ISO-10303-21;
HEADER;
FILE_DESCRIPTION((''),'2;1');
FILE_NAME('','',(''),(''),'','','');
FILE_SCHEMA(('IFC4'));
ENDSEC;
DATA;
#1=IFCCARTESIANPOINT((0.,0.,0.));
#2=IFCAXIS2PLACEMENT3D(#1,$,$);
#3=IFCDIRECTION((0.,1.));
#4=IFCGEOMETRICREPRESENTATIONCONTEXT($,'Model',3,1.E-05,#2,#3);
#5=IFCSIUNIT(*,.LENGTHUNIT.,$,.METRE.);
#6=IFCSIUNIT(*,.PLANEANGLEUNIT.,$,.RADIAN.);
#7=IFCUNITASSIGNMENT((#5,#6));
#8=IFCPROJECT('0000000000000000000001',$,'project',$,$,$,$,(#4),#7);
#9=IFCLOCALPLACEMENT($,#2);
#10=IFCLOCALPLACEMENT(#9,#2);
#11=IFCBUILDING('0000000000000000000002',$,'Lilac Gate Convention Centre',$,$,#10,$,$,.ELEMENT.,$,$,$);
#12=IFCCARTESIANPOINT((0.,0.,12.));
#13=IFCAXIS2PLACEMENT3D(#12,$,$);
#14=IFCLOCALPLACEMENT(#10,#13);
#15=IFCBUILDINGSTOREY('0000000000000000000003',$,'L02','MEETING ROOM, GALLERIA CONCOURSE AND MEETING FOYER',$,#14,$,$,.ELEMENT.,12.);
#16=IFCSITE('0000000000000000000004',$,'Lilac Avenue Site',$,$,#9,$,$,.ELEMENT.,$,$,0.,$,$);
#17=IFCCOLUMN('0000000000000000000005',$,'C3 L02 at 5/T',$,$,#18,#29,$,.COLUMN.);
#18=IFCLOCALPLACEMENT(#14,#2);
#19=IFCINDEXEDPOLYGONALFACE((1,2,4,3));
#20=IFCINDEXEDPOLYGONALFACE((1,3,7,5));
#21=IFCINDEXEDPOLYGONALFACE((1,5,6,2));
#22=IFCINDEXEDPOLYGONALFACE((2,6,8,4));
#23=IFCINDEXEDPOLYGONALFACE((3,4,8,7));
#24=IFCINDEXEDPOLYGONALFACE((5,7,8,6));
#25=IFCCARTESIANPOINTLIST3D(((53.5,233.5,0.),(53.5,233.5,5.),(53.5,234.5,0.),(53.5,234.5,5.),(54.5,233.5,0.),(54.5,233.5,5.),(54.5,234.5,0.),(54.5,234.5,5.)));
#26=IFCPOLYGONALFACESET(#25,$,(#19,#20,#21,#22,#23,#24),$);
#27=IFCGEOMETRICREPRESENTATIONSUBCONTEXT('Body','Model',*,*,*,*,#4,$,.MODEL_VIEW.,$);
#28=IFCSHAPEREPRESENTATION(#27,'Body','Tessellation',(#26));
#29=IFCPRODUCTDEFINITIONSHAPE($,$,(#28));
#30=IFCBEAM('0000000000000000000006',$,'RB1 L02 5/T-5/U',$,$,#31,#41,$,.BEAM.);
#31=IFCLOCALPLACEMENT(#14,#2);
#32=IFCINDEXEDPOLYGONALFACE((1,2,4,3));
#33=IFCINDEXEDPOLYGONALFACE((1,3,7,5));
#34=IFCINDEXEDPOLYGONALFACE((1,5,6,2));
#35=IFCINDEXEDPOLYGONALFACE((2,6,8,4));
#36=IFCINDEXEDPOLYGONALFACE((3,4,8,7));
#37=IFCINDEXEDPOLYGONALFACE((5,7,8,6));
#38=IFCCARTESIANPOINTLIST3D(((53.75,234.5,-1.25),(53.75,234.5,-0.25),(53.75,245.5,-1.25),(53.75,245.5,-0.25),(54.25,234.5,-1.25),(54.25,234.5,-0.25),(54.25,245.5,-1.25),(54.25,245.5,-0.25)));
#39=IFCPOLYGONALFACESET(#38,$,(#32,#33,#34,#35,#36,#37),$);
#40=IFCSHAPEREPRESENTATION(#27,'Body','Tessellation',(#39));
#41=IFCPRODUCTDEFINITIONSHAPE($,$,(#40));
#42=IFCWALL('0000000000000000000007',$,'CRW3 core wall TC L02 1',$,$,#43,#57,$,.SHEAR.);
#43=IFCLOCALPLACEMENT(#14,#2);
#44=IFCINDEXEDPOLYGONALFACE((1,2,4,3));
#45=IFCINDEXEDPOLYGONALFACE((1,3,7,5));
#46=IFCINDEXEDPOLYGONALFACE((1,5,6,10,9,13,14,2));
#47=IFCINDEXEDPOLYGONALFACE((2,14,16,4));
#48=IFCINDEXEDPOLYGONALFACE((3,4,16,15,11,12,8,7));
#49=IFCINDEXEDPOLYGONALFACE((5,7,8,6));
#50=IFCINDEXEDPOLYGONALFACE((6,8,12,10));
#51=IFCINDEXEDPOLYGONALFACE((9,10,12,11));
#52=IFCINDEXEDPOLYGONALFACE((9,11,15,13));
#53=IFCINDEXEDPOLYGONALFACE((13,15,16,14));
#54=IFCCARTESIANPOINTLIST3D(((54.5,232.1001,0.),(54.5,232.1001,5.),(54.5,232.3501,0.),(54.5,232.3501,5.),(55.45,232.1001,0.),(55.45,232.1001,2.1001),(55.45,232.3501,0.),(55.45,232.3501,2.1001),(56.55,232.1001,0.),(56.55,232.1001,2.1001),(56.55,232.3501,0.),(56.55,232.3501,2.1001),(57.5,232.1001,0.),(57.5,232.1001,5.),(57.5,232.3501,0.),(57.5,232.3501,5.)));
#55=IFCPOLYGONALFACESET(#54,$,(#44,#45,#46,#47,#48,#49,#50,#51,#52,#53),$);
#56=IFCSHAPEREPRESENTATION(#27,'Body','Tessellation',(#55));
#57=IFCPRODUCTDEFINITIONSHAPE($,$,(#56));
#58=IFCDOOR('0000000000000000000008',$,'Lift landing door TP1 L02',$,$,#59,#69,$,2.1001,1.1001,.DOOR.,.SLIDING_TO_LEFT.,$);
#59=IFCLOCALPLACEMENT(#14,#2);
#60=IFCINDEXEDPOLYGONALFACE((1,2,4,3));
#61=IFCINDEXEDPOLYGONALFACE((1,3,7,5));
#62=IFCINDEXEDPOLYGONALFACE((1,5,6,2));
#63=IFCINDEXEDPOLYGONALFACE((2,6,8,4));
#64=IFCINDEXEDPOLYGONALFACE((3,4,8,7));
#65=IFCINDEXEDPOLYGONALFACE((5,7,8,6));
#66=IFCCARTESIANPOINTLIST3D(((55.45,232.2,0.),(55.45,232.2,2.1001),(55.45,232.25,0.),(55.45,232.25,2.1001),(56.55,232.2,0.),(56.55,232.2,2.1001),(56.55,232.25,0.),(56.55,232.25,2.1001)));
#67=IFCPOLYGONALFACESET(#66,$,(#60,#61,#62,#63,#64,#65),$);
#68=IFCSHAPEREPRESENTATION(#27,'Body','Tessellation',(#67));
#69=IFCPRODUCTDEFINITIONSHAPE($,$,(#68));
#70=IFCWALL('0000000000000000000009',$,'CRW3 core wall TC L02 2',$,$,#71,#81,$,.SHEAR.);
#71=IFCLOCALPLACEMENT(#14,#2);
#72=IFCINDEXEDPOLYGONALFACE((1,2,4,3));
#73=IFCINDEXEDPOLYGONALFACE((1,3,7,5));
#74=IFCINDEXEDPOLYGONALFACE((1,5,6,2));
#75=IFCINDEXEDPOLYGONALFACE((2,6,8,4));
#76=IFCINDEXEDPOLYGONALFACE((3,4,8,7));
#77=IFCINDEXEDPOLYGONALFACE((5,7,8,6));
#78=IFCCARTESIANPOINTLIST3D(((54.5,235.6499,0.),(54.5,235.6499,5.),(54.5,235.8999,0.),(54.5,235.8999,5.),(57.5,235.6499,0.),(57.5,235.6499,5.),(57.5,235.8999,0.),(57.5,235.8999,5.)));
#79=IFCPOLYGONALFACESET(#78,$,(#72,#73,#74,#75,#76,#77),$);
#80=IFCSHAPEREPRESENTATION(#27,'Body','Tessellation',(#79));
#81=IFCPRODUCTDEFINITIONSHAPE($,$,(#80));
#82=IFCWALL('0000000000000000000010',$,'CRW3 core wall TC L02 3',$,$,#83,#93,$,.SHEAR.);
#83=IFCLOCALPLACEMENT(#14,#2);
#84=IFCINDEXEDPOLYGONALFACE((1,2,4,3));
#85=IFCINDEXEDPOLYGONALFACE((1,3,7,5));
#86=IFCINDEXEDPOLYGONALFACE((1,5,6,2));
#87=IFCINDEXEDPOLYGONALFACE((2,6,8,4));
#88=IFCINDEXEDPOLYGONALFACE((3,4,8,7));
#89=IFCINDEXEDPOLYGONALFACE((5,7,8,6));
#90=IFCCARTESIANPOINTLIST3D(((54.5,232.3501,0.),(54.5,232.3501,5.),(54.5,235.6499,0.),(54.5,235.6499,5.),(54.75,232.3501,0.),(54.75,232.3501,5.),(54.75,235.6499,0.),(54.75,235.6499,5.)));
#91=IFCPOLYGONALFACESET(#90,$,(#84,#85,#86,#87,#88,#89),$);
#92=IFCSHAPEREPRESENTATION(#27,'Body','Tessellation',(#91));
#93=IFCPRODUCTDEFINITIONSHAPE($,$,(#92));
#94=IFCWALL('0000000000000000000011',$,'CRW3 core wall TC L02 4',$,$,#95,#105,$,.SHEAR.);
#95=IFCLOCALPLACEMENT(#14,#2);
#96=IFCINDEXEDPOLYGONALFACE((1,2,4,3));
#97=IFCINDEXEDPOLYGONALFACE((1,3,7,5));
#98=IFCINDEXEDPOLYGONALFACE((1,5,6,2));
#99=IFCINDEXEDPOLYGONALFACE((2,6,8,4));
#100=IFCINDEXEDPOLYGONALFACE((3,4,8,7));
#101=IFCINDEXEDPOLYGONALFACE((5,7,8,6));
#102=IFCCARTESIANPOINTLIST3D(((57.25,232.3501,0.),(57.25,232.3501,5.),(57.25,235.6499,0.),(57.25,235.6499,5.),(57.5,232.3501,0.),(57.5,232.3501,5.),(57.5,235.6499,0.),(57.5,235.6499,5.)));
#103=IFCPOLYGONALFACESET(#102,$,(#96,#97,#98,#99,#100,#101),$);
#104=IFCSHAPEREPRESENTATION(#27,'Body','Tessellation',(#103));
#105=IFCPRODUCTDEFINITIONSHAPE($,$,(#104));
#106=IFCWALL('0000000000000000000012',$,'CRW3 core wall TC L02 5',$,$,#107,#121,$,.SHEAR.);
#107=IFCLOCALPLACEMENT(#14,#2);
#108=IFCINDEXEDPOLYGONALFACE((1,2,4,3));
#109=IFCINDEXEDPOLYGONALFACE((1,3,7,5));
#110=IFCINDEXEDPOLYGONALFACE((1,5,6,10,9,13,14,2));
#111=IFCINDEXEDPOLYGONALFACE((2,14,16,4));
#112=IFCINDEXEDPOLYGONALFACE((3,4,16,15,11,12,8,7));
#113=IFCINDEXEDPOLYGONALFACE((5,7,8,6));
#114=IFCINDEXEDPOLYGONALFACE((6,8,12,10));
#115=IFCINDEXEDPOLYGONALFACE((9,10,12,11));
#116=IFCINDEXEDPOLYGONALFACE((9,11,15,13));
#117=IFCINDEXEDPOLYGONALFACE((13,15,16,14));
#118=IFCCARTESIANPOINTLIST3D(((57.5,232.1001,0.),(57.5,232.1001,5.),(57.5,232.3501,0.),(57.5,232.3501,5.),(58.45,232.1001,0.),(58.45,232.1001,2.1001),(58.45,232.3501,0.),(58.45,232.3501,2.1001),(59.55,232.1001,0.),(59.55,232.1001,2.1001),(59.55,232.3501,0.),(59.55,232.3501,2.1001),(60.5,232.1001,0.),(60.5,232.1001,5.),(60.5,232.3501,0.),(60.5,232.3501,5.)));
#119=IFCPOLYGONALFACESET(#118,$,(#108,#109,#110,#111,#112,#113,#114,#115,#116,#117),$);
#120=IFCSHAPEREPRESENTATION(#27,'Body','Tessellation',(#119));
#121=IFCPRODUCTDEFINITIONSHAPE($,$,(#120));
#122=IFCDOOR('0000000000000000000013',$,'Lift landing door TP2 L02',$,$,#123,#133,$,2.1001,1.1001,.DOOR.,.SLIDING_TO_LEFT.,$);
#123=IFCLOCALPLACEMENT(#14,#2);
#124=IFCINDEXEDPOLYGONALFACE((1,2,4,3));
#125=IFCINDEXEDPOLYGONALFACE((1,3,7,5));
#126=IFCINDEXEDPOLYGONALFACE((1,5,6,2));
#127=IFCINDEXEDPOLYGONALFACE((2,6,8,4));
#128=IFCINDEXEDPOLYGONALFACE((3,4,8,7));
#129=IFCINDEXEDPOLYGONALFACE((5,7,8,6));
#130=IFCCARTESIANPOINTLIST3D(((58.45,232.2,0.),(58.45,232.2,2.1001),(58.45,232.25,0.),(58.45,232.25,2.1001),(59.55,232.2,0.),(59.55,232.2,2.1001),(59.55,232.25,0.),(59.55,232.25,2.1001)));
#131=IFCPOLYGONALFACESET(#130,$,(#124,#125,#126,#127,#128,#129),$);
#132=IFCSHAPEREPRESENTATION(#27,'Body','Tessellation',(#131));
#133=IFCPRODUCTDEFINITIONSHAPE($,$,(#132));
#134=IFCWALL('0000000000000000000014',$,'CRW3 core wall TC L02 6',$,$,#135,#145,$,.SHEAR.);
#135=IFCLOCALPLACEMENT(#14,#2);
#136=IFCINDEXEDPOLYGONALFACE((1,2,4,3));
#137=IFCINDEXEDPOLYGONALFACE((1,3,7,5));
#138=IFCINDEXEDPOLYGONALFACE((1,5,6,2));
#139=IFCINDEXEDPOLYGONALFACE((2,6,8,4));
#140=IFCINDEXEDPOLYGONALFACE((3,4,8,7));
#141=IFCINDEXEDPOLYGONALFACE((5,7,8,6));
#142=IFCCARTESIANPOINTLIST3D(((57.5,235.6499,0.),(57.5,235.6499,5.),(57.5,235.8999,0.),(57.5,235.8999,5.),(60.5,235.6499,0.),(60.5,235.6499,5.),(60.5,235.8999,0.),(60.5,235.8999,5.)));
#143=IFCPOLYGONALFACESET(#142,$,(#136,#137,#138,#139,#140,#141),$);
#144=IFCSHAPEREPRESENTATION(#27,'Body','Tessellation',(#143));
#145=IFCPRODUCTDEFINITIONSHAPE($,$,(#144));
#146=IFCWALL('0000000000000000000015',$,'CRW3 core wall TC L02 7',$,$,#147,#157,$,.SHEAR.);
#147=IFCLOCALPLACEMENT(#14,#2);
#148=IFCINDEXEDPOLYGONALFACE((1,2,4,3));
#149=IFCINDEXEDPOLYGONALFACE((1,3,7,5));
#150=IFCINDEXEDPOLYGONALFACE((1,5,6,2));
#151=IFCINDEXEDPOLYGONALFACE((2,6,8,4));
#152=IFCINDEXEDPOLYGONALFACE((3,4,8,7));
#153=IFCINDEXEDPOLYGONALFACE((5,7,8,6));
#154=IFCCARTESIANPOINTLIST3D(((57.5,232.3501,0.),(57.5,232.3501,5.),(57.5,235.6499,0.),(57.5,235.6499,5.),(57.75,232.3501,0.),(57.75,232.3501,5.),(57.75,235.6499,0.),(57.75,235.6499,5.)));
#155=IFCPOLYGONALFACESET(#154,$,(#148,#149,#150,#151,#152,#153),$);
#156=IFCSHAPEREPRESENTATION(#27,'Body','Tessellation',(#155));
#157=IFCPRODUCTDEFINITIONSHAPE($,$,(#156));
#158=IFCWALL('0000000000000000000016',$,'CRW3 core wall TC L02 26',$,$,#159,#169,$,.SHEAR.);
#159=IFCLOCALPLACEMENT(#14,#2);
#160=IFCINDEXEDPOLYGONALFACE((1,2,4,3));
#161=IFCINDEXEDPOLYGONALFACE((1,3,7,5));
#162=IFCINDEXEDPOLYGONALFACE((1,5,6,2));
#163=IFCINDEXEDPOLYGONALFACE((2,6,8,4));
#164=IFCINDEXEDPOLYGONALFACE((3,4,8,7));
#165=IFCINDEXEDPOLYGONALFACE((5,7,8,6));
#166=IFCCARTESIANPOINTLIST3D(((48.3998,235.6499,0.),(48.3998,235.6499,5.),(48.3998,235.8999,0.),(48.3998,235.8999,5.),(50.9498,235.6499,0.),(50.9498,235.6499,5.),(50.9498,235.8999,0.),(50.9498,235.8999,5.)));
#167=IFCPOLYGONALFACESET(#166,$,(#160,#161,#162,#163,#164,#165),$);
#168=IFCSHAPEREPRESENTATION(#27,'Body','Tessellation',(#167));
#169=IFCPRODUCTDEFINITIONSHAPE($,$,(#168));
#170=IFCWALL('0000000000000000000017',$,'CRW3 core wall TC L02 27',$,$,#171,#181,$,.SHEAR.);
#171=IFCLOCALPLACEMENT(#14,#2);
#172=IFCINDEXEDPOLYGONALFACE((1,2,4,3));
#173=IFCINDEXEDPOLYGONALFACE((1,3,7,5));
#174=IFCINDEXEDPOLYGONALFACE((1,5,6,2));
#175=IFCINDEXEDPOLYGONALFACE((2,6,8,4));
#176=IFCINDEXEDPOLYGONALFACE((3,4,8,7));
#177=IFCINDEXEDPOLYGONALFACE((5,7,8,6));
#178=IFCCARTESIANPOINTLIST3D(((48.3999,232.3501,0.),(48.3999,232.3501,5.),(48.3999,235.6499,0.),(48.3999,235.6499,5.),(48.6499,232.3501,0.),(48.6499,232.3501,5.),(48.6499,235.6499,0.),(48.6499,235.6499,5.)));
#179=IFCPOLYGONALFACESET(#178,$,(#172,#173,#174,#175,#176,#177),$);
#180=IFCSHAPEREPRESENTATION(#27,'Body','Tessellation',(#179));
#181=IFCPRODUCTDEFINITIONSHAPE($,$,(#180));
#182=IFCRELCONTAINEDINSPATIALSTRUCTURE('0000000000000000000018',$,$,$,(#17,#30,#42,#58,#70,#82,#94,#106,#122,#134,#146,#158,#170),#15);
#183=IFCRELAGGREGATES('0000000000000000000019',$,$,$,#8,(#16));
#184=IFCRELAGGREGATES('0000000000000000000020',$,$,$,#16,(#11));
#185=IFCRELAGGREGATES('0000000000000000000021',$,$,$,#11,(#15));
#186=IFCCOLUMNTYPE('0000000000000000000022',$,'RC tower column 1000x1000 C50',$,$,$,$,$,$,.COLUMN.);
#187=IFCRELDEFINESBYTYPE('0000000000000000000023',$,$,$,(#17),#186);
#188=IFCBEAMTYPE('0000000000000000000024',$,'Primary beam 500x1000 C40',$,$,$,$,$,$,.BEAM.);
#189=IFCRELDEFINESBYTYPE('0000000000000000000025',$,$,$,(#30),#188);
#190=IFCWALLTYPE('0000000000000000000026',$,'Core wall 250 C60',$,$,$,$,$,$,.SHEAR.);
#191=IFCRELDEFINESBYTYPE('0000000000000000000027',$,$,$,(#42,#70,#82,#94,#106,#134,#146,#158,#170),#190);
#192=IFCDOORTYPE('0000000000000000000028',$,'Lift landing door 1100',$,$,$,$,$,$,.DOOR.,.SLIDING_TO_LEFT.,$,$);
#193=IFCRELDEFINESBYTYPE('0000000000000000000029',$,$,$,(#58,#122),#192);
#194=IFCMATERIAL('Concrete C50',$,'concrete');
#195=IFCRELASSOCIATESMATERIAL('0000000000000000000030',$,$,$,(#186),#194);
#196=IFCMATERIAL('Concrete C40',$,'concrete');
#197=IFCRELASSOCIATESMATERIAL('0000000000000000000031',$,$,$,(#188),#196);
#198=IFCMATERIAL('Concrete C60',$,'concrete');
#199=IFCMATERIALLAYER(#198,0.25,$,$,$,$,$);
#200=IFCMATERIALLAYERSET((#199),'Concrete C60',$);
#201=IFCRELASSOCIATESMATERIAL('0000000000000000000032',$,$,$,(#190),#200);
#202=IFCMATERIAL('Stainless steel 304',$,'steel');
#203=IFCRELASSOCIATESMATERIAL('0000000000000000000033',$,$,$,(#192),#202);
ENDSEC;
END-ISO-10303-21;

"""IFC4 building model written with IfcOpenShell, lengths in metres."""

from ifc_helpers import new_model, si_unit, direction, frame, frame_2d, origin, origin_2d, place, context, subcontext, project, spatial, rectangle, extrude, material, layer, layer_set, material_profile, profile_set, type_object, element, fill, save


model = new_model("IFC4")

# Units and contexts
model_context = context("Model", 3, precision=1e-05, world=origin(), true_north=direction((0.0, 1.0)))
body_context = subcontext(model_context, "Body", "Model", "MODEL_VIEW")
ifc_project = project(units=[si_unit("LENGTHUNIT", "METRE"), si_unit("PLANEANGLEUNIT", "RADIAN")], contexts=[model_context])

# Site, building, storey
site_placement = place(None, origin())
site = spatial("IfcSite", under=ifc_project, at=site_placement, Name="Lilac Avenue Site", CompositionType="ELEMENT", RefElevation=0.0)
building_placement = place(site_placement, origin())
building = spatial("IfcBuilding", under=site, at=building_placement, Name="Lilac Gate Convention Centre", CompositionType="ELEMENT")
storey_placement = place(building_placement, frame((0.0, 0.0, 12.0)))
storey = spatial("IfcBuildingStorey", under=building, at=storey_placement, Name="L02", Description="MEETING ROOM, GALLERIA CONCOURSE AND MEETING FOYER", CompositionType="ELEMENT", Elevation=12.0)

# Column
ifc_material_1 = material(Name="Concrete C50", Category="concrete")
ifc_material_profile_1 = material_profile(ifc_material_1, rectangle(XDim=1.0, YDim=1.0, at=origin_2d()), Name="RC 1000x1000")
ifc_profile_set_1 = profile_set([ifc_material_profile_1], Name="Concrete C50")
column_type = type_object("IfcColumnType", Name="RC tower column 1000x1000 C50", PredefinedType="COLUMN", material=ifc_profile_set_1)
column_placement = place(storey_placement, frame((54.0, 234.0, 0.0), z_axis=(0.0, 0.0, 1.0), x_axis=(1.0, 0.0, 0.0)))
element("IfcColumn", 1, at=column_placement, inside=storey, type_object=column_type, Name="C3 L02 at 5/T", PredefinedType="COLUMN", context=body_context, shape_type="SweptSolid", body=[
    extrude(rectangle(XDim=1.0, YDim=1.0, at=origin_2d()), origin(), (0.0, 0.0, 1.0), 5.0),
])

# Beam
ifc_material_2 = material(Name="Concrete C40", Category="concrete")
ifc_material_profile_2 = material_profile(ifc_material_2, rectangle(XDim=0.5, YDim=1.0, at=origin_2d()), Name="RC 500x1000")
ifc_profile_set_2 = profile_set([ifc_material_profile_2], Name="Concrete C40")
beam_type = type_object("IfcBeamType", Name="Primary beam 500x1000 C40", PredefinedType="BEAM", material=ifc_profile_set_2)
beam_placement = place(storey_placement, frame((54.0, 234.5, -0.75), z_axis=(0.0, 1.0, 0.0), x_axis=(-1.0, 0.0, 0.0)))
element("IfcBeam", 2, at=beam_placement, inside=storey, type_object=beam_type, Name="RB1 L02 5/T-5/U", PredefinedType="BEAM", context=body_context, shape_type="SweptSolid", body=[
    extrude(rectangle(XDim=0.5, YDim=1.0, at=origin_2d()), origin(), (0.0, 0.0, 1.0), 11.0),
])

# Wall, opening, door
ifc_material_3 = material(Name="Concrete C60", Category="concrete")
ifc_layer_1 = layer(ifc_material_3, 0.25)
ifc_layer_set_1 = layer_set([ifc_layer_1], Name="Concrete C60")
wall_type_1 = type_object("IfcWallType", Name="Core wall 250 C60", PredefinedType="SHEAR", material=ifc_layer_set_1)
wall_1_placement = place(storey_placement, frame((54.5, 232.2251, 0.0), z_axis=(0.0, 0.0, 1.0), x_axis=(1.0, 0.0, 0.0)))
wall_1 = element("IfcWall", 3, at=wall_1_placement, inside=storey, type_object=wall_type_1, Name="CRW3 core wall TC L02 1", PredefinedType="SHEAR", context=body_context, shape_type="SweptSolid", body=[
    extrude(rectangle(XDim=3.0, YDim=0.25, at=frame_2d((1.5, 0.0))), origin(), (0.0, 0.0, 1.0), 5.0),
])
opening_1_placement = place(wall_1_placement, frame((0.95, 0.0, 0.0)))
opening_1 = element("IfcOpeningElement", 4, at=opening_1_placement, cuts=wall_1, PredefinedType="OPENING", context=body_context, shape_type="SweptSolid", body=[
    extrude(rectangle(XDim=1.1001, YDim=2.1001, at=frame_2d((0.55, 1.05))), frame((0.0, 0.135, 0.0), z_axis=(0.0, -1.0, 0.0), x_axis=(1.0, 0.0, 0.0)), (0.0, 0.0, 1.0), 0.27),
])
ifc_material_4 = material(Name="Stainless steel 304", Category="steel")
door_type_1 = type_object("IfcDoorType", Name="Lift landing door 1100", OperationType="SLIDING_TO_LEFT", PredefinedType="DOOR", material=ifc_material_4)
door_1_placement = place(opening_1_placement, origin())
door_1 = element("IfcDoor", 5, at=door_1_placement, inside=storey, type_object=door_type_1, Name="Lift landing door TP1 L02", OperationType="SLIDING_TO_LEFT", OverallHeight=2.1001, OverallWidth=1.1001, PredefinedType="DOOR", context=body_context, shape_type="SweptSolid", body=[
    extrude(rectangle(XDim=1.1001, YDim=2.1001, at=frame_2d((0.55, 1.05))), frame((0.0, 0.0249, 0.0), z_axis=(0.0, -1.0, 0.0), x_axis=(1.0, 0.0, 0.0)), (0.0, 0.0, 1.0), 0.05),
])
fill(opening_1, door_1)

# Walls
wall_2_placement = place(storey_placement, frame((54.5, 235.7749, 0.0), z_axis=(0.0, 0.0, 1.0), x_axis=(1.0, 0.0, 0.0)))
element("IfcWall", 6, at=wall_2_placement, inside=storey, type_object=wall_type_1, Name="CRW3 core wall TC L02 2", PredefinedType="SHEAR", context=body_context, shape_type="SweptSolid", body=[
    extrude(rectangle(XDim=3.0, YDim=0.25, at=frame_2d((1.5, 0.0))), origin(), (0.0, 0.0, 1.0), 5.0),
])
for number, where, z_axis, x_axis, name in (
    (7, (54.625, 232.3501, 0.0), (0.0, 0.0, 1.0), (0.0, 1.0, 0.0), "CRW3 core wall TC L02 3"),
    (8, (57.375, 232.3501, 0.0), (0.0, 0.0, 1.0), (0.0, 1.0, 0.0), "CRW3 core wall TC L02 4"),
):
    element("IfcWall", number, at=place(storey_placement, frame(where, z_axis=z_axis, x_axis=x_axis)), inside=storey, type_object=wall_type_1, Name=name, PredefinedType="SHEAR", context=body_context, shape_type="SweptSolid", body=[
        extrude(rectangle(XDim=3.2998, YDim=0.25, at=frame_2d((1.6499, 0.0))), origin(), (0.0, 0.0, 1.0), 5.0),
    ])

# Wall, opening, door
wall_3_placement = place(storey_placement, frame((57.5, 232.2251, 0.0), z_axis=(0.0, 0.0, 1.0), x_axis=(1.0, 0.0, 0.0)))
wall_3 = element("IfcWall", 9, at=wall_3_placement, inside=storey, type_object=wall_type_1, Name="CRW3 core wall TC L02 5", PredefinedType="SHEAR", context=body_context, shape_type="SweptSolid", body=[
    extrude(rectangle(XDim=3.0, YDim=0.25, at=frame_2d((1.5, 0.0))), origin(), (0.0, 0.0, 1.0), 5.0),
])
opening_2_placement = place(wall_3_placement, frame((0.95, 0.0, 0.0)))
opening_2 = element("IfcOpeningElement", 10, at=opening_2_placement, cuts=wall_3, PredefinedType="OPENING", context=body_context, shape_type="SweptSolid", body=[
    extrude(rectangle(XDim=1.1001, YDim=2.1001, at=frame_2d((0.55, 1.05))), frame((0.0, 0.135, 0.0), z_axis=(0.0, -1.0, 0.0), x_axis=(1.0, 0.0, 0.0)), (0.0, 0.0, 1.0), 0.27),
])
door_2_placement = place(opening_2_placement, origin())
door_2 = element("IfcDoor", 11, at=door_2_placement, inside=storey, type_object=door_type_1, Name="Lift landing door TP2 L02", OperationType="SLIDING_TO_LEFT", OverallHeight=2.1001, OverallWidth=1.1001, PredefinedType="DOOR", context=body_context, shape_type="SweptSolid", body=[
    extrude(rectangle(XDim=1.1001, YDim=2.1001, at=frame_2d((0.55, 1.05))), frame((0.0, 0.0249, 0.0), z_axis=(0.0, -1.0, 0.0), x_axis=(1.0, 0.0, 0.0)), (0.0, 0.0, 1.0), 0.05),
])
fill(opening_2, door_2)

# Walls
wall_4_placement = place(storey_placement, frame((57.5, 235.7749, 0.0), z_axis=(0.0, 0.0, 1.0), x_axis=(1.0, 0.0, 0.0)))
element("IfcWall", 12, at=wall_4_placement, inside=storey, type_object=wall_type_1, Name="CRW3 core wall TC L02 6", PredefinedType="SHEAR", context=body_context, shape_type="SweptSolid", body=[
    extrude(rectangle(XDim=3.0, YDim=0.25, at=frame_2d((1.5, 0.0))), origin(), (0.0, 0.0, 1.0), 5.0),
])
wall_5_placement = place(storey_placement, frame((57.625, 232.3501, 0.0), z_axis=(0.0, 0.0, 1.0), x_axis=(0.0, 1.0, 0.0)))
element("IfcWall", 13, at=wall_5_placement, inside=storey, type_object=wall_type_1, Name="CRW3 core wall TC L02 7", PredefinedType="SHEAR", context=body_context, shape_type="SweptSolid", body=[
    extrude(rectangle(XDim=3.2998, YDim=0.25, at=frame_2d((1.6499, 0.0))), origin(), (0.0, 0.0, 1.0), 5.0),
])
wall_6_placement = place(storey_placement, frame((48.3999, 235.7749, 0.0), z_axis=(0.0, 0.0, 1.0), x_axis=(1.0, 0.0, 0.0)))
element("IfcWall", 14, at=wall_6_placement, inside=storey, type_object=wall_type_1, Name="CRW3 core wall TC L02 26", PredefinedType="SHEAR", context=body_context, shape_type="SweptSolid", body=[
    extrude(rectangle(XDim=2.55, YDim=0.25, at=frame_2d((1.2749, 0.0))), origin(), (0.0, 0.0, 1.0), 5.0),
])
for number, where, z_axis, x_axis, name in (
    (15, (48.5249, 232.3501, 0.0), (0.0, 0.0, 1.0), (0.0, 1.0, 0.0), "CRW3 core wall TC L02 27"),
):
    element("IfcWall", number, at=place(storey_placement, frame(where, z_axis=z_axis, x_axis=x_axis)), inside=storey, type_object=wall_type_1, Name=name, PredefinedType="SHEAR", context=body_context, shape_type="SweptSolid", body=[
        extrude(rectangle(XDim=3.2998, YDim=0.25, at=frame_2d((1.6499, 0.0))), origin(), (0.0, 0.0, 1.0), 5.0),
    ])

save(model, "model.ifc")
